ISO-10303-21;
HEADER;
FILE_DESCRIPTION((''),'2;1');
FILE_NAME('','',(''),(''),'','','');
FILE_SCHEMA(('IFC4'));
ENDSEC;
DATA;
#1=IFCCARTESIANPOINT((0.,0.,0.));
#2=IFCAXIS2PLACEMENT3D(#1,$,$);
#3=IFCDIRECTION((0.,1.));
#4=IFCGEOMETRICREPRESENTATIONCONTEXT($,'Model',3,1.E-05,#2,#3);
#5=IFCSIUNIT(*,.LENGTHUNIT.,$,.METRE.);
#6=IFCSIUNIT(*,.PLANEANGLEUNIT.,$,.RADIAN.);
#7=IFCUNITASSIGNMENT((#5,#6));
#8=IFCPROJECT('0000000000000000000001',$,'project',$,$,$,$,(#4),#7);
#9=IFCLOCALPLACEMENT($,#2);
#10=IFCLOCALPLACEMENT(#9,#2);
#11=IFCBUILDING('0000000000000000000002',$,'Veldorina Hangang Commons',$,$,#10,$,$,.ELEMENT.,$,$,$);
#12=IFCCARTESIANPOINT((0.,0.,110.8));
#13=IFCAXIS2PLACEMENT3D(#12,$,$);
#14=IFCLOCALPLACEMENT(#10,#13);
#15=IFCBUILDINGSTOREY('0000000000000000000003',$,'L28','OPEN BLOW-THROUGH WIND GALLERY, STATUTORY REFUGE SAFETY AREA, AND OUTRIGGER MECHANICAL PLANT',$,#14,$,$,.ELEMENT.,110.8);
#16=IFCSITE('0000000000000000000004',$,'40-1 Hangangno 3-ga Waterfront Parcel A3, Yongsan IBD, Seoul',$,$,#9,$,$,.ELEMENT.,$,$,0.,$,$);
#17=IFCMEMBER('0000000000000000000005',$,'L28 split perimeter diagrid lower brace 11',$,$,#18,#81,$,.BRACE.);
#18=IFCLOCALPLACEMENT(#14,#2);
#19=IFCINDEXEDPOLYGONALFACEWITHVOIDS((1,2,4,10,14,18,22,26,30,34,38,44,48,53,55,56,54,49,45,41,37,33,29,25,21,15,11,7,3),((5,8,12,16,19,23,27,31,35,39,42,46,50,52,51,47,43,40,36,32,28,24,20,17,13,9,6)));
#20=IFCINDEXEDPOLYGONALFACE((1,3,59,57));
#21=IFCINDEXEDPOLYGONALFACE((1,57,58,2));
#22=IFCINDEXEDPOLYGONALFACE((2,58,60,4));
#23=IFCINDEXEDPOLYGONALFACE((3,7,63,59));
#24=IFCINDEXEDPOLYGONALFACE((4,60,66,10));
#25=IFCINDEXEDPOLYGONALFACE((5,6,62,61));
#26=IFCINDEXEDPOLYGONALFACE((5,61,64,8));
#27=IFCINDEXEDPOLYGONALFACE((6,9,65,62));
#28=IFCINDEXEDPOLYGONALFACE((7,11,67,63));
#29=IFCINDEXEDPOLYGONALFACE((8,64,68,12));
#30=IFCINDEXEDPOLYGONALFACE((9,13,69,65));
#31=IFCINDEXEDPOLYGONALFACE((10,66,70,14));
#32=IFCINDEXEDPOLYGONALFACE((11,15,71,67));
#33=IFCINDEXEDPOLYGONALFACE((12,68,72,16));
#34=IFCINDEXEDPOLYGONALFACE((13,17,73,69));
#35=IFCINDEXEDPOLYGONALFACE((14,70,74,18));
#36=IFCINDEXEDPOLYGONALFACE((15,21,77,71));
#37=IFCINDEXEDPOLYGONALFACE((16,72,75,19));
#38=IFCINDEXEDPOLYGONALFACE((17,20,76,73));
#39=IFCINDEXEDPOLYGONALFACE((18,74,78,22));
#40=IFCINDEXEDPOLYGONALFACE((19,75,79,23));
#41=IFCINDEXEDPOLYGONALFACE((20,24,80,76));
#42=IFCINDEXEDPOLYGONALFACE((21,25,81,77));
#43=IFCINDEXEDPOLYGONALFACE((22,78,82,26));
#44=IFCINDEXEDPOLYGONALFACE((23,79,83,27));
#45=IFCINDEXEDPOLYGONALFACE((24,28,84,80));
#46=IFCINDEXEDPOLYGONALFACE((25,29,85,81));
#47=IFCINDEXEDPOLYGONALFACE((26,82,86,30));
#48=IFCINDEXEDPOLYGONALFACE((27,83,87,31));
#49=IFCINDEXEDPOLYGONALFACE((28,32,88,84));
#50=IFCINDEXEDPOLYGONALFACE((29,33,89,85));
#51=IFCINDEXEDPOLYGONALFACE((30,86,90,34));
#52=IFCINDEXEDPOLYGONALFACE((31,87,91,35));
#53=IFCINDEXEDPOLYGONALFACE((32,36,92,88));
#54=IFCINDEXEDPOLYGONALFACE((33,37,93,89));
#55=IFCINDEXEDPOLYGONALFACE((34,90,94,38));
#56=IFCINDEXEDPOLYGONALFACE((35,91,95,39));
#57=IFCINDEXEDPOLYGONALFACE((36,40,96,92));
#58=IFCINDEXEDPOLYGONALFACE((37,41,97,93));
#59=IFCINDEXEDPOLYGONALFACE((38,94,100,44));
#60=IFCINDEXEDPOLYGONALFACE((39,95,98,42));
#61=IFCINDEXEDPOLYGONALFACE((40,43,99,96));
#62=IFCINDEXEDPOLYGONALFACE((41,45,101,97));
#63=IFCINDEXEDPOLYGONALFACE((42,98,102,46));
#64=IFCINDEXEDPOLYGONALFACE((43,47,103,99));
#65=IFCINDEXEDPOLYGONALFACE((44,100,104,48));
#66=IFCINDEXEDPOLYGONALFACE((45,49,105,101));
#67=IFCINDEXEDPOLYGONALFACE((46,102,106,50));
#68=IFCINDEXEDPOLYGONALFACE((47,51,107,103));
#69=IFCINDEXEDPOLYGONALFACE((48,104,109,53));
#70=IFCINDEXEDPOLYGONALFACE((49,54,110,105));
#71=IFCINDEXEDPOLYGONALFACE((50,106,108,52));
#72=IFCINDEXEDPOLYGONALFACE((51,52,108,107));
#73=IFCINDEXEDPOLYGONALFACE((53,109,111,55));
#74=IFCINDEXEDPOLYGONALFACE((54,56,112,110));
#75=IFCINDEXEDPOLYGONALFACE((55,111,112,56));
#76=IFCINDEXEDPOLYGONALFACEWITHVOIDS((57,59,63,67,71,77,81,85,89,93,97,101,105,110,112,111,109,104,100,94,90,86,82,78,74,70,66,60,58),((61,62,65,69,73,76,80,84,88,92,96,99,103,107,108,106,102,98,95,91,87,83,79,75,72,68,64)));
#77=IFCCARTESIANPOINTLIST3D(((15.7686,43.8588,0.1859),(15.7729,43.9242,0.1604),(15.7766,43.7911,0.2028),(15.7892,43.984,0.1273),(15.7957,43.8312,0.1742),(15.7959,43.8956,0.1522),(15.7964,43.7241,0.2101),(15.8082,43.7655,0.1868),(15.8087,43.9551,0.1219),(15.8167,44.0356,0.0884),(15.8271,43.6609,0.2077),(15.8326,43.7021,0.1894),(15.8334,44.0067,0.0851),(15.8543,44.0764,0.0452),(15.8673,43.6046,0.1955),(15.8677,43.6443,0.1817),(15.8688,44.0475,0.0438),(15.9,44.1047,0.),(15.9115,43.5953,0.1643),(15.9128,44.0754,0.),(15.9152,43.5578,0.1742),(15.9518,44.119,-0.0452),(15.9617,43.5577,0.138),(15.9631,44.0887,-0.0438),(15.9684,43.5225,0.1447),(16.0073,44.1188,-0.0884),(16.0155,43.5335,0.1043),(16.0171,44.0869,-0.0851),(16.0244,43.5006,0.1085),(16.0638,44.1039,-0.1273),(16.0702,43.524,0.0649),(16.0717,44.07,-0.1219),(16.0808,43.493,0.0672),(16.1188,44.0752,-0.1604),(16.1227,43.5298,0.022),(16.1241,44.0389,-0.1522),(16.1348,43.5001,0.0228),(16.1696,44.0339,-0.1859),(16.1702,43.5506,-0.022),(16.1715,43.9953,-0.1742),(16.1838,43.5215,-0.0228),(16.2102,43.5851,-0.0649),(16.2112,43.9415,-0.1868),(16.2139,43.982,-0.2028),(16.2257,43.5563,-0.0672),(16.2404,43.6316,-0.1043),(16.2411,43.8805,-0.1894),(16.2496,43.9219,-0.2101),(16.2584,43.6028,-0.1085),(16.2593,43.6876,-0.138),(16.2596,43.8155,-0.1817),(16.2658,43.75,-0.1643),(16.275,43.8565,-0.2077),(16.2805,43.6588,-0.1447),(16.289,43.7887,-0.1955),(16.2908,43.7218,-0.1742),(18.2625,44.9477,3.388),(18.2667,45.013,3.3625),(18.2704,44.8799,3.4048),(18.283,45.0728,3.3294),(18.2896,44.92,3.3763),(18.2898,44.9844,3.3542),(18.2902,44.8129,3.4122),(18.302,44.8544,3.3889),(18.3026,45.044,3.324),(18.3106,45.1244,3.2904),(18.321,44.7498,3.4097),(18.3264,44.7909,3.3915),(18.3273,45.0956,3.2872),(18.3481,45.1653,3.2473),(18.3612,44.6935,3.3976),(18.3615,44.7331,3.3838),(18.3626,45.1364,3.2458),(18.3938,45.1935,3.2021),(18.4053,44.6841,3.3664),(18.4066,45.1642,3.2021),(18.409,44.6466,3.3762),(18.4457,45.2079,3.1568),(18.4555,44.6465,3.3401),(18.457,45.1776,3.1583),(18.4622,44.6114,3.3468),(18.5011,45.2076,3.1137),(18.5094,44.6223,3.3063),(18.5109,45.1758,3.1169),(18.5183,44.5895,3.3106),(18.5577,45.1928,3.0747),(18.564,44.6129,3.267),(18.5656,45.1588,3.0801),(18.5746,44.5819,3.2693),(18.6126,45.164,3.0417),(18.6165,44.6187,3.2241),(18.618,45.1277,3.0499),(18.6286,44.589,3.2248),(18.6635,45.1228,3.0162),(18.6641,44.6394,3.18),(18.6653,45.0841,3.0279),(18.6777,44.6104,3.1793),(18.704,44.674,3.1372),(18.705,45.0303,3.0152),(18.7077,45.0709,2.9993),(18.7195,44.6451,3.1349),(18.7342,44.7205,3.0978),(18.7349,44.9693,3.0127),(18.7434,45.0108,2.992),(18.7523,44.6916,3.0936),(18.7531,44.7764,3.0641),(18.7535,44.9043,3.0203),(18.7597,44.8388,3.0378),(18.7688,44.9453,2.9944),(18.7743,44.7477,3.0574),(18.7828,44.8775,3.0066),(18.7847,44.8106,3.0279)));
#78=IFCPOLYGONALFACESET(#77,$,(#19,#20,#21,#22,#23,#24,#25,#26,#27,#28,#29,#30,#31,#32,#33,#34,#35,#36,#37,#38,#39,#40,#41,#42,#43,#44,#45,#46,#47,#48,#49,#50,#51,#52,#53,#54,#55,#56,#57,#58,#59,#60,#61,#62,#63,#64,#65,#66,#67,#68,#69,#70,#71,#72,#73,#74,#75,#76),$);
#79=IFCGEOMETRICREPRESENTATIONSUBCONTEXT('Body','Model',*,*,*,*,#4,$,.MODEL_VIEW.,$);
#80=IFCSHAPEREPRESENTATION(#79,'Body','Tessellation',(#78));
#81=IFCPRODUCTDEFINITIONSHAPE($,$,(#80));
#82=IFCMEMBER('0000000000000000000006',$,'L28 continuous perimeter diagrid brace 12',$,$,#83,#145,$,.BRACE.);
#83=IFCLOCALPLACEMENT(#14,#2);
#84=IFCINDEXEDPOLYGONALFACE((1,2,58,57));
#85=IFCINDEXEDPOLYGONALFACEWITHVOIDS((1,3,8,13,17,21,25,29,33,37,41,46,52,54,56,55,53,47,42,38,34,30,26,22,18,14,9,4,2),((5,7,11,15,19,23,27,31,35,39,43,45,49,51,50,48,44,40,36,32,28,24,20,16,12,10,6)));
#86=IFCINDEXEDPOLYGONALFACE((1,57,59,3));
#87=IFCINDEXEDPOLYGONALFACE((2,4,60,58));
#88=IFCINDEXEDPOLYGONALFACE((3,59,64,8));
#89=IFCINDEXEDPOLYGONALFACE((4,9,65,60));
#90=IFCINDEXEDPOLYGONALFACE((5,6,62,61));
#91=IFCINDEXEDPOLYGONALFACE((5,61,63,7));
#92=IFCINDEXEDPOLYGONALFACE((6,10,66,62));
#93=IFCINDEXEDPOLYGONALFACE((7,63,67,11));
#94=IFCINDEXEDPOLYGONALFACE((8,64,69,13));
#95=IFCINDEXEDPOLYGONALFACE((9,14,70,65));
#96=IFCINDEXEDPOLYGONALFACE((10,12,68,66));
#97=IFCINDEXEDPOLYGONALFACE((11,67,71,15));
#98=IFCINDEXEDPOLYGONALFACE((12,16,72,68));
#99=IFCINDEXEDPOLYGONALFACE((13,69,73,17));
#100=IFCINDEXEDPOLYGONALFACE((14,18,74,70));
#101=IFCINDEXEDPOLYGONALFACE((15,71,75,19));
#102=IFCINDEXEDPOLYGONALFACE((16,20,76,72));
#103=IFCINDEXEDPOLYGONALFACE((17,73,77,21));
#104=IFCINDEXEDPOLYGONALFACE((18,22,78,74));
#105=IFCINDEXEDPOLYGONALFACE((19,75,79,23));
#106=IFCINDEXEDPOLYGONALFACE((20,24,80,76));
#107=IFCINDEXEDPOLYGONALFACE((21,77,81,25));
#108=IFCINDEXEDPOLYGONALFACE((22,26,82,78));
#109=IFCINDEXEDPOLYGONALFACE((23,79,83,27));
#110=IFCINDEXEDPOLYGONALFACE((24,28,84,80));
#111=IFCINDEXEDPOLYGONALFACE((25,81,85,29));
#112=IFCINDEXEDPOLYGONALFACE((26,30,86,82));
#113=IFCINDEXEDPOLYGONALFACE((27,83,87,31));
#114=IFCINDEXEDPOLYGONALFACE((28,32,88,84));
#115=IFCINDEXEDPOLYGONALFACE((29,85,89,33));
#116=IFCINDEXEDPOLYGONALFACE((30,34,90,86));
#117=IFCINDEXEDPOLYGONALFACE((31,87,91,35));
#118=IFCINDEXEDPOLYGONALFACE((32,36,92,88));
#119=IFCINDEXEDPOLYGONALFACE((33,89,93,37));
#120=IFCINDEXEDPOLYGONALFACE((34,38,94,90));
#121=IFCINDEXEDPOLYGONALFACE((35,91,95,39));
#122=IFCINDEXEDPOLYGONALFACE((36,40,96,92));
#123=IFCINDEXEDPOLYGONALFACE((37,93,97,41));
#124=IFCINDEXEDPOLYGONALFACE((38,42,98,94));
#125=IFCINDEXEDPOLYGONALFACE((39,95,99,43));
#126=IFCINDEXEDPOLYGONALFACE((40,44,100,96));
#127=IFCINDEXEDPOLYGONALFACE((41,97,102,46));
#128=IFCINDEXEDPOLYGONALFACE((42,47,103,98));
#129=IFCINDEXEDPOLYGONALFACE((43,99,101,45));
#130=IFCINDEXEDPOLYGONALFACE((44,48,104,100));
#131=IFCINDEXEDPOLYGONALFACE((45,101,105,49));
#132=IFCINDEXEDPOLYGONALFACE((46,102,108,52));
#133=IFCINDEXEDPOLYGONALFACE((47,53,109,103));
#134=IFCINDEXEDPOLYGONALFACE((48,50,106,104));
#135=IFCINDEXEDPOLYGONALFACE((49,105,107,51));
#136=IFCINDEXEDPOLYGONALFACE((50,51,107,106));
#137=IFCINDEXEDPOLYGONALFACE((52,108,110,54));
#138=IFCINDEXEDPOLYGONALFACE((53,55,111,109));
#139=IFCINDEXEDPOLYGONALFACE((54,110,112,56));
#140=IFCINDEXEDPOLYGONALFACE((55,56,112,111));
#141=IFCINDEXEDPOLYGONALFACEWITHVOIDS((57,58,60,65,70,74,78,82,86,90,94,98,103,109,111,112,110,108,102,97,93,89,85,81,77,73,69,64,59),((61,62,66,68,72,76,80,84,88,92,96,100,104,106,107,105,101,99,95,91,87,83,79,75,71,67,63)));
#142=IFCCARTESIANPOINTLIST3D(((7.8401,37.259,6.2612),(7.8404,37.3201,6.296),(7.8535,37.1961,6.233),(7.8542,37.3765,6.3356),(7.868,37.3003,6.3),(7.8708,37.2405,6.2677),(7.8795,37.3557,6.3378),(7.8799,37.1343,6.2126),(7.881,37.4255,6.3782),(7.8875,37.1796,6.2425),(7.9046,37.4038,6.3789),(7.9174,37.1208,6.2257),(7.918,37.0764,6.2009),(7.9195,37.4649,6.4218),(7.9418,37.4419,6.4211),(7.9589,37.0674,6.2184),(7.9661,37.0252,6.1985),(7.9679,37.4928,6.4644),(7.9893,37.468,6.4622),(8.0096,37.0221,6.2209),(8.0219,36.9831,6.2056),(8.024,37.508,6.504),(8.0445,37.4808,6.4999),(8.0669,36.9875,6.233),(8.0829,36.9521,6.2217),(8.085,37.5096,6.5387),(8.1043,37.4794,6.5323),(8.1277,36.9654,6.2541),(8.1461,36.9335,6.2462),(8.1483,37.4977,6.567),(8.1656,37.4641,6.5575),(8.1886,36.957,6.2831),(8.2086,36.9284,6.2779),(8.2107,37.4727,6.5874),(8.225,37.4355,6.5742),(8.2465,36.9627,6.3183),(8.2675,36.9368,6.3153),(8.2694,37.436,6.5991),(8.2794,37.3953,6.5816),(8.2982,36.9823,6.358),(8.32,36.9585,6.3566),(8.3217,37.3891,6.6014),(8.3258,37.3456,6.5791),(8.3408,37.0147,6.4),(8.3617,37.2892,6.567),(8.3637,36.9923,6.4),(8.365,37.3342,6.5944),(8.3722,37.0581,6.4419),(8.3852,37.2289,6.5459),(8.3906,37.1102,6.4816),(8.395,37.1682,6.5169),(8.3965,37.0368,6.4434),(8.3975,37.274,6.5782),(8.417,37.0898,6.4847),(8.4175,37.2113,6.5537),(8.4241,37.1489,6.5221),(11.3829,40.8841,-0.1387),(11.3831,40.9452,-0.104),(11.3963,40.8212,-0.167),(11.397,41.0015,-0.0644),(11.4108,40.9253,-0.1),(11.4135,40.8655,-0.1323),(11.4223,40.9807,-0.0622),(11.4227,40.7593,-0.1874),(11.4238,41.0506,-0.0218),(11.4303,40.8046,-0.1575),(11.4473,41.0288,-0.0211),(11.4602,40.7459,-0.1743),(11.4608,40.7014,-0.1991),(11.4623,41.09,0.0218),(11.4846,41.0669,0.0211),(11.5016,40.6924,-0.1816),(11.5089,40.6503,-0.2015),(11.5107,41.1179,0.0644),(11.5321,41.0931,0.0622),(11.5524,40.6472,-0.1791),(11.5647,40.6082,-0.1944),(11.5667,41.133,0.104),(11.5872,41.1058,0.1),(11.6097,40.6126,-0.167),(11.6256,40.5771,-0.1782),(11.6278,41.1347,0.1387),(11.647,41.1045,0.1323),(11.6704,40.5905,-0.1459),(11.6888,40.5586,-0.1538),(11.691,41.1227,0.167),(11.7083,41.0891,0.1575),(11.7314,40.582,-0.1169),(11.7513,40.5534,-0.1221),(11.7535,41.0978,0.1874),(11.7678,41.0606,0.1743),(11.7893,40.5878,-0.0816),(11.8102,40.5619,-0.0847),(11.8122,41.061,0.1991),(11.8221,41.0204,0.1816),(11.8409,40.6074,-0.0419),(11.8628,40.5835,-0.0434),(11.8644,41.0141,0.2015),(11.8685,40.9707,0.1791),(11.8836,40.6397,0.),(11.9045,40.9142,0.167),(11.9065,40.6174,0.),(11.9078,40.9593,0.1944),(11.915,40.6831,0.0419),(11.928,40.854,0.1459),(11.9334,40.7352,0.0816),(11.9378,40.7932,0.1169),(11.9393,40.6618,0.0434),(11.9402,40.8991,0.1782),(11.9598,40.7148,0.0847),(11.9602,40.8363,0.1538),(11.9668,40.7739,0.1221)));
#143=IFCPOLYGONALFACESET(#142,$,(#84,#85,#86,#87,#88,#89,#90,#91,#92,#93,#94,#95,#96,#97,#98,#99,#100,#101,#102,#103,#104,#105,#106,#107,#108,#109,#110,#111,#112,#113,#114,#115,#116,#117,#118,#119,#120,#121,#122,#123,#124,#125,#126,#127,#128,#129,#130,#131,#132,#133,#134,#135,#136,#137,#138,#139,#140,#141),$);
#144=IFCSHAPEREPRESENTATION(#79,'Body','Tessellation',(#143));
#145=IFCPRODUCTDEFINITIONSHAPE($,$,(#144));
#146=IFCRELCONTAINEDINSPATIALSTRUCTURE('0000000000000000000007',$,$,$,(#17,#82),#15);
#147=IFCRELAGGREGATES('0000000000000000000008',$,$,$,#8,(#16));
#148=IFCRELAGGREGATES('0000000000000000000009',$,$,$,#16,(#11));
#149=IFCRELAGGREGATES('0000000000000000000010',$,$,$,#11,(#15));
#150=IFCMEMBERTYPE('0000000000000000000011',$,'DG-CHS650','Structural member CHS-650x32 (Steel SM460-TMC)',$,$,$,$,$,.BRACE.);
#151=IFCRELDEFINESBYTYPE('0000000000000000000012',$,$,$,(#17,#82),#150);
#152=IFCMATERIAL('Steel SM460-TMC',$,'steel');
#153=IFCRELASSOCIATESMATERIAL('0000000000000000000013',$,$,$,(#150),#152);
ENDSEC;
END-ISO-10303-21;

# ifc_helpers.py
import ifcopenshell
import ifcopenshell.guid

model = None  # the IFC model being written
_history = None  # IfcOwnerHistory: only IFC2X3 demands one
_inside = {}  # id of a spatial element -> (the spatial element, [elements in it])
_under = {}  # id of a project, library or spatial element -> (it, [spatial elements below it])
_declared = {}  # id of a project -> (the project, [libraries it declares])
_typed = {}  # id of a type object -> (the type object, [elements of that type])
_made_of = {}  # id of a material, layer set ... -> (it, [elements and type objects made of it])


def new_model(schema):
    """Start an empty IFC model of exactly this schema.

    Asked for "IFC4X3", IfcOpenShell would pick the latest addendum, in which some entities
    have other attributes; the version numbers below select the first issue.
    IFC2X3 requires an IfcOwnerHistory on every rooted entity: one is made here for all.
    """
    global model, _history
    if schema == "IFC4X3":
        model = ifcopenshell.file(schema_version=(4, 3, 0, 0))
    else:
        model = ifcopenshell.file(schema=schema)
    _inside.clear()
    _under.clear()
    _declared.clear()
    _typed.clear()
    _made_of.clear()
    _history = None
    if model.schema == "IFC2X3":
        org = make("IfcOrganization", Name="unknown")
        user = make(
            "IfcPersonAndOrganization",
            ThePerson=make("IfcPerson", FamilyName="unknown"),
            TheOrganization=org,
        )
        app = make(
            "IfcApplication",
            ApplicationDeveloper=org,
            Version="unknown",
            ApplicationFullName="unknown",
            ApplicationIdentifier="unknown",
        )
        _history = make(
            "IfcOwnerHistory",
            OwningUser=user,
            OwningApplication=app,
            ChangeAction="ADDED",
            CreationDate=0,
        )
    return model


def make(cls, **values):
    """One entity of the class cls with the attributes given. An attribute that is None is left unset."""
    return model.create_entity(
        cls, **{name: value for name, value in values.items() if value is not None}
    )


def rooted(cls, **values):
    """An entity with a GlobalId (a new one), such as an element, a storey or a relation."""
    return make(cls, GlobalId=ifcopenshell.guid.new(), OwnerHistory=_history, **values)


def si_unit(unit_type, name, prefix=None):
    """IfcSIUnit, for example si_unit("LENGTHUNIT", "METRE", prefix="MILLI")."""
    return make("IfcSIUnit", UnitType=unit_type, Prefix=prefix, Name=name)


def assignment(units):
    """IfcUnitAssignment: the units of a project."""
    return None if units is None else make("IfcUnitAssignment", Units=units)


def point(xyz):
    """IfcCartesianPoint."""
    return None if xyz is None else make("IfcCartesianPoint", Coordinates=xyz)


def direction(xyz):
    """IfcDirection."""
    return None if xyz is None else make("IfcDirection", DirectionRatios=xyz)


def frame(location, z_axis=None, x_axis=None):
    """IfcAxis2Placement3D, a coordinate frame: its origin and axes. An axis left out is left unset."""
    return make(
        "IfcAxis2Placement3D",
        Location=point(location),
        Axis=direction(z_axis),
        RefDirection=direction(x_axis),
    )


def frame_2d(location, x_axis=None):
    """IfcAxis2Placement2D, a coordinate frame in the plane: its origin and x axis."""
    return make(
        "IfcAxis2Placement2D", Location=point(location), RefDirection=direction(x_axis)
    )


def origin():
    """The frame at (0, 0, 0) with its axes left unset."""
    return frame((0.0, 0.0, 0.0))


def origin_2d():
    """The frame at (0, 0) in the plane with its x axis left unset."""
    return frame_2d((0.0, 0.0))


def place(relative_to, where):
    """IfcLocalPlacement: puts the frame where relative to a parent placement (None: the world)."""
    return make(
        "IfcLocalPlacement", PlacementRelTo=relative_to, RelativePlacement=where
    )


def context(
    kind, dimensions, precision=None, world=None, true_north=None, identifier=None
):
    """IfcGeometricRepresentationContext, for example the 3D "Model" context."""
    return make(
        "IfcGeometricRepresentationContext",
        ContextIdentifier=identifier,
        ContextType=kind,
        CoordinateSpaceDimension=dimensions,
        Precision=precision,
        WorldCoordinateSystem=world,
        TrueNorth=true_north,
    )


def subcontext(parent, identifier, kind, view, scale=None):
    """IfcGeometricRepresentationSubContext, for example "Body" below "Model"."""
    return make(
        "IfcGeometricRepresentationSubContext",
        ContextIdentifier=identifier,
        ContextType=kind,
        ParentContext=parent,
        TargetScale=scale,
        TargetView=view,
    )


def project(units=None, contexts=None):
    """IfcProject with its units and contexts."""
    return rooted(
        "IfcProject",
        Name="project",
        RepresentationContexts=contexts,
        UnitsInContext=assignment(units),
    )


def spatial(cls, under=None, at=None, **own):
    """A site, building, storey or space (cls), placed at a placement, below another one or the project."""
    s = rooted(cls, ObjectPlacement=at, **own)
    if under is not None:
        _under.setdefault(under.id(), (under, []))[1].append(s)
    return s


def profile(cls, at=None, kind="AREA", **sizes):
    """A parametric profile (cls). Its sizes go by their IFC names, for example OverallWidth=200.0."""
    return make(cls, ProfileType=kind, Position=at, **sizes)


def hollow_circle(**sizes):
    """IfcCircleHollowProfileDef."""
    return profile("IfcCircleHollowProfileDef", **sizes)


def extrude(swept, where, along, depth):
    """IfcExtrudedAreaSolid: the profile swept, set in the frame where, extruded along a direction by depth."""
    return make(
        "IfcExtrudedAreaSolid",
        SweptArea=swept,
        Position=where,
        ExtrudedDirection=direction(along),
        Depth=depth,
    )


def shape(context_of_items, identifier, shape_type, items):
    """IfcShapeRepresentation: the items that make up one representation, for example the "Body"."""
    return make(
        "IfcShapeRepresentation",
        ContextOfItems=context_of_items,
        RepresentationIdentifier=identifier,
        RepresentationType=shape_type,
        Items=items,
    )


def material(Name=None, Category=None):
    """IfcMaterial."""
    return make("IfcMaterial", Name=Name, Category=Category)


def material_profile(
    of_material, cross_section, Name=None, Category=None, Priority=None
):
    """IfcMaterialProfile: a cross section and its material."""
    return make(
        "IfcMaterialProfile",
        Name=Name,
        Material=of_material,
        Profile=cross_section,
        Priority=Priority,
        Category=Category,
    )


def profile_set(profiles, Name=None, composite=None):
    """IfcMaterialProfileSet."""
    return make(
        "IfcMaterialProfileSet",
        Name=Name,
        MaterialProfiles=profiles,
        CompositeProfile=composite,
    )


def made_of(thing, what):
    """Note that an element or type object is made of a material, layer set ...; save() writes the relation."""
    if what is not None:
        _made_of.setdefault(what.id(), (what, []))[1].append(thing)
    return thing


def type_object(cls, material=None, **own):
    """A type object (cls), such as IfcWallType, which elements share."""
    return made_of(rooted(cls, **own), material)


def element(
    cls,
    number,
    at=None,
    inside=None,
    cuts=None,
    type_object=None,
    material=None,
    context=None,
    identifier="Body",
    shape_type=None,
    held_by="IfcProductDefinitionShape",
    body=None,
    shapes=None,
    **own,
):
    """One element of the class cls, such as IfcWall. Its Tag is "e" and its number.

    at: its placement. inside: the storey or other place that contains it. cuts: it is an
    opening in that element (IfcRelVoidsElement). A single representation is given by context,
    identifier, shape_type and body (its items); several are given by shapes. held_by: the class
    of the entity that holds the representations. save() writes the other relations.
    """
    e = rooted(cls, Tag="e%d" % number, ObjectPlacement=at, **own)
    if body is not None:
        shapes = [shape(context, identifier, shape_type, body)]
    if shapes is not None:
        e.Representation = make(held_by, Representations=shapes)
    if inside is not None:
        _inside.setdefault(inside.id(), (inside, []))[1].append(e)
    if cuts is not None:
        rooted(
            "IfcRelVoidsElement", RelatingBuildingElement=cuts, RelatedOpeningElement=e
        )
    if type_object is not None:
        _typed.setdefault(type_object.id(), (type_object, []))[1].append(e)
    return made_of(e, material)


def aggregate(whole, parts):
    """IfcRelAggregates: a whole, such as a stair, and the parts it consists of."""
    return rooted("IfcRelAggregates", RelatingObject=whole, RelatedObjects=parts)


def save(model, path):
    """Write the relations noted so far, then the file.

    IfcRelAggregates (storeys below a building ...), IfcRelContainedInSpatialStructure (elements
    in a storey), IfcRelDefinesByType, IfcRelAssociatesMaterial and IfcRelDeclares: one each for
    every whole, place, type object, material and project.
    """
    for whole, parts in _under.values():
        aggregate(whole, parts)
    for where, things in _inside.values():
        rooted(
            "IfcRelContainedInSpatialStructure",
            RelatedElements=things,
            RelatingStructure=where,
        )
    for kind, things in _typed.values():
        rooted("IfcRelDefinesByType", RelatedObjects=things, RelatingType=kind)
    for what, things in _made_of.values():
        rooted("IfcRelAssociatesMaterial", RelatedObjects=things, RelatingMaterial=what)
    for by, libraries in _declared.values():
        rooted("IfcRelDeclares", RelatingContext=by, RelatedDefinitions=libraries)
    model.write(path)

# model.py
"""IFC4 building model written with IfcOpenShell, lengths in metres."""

from ifc_helpers import new_model, si_unit, direction, frame, origin, origin_2d, place, context, subcontext, project, spatial, hollow_circle, extrude, material, material_profile, profile_set, type_object, element, save


model = new_model("IFC4")

# Units and contexts
model_context = context("Model", 3, precision=1e-05, world=origin(), true_north=direction((0.0, 1.0)))
body_context = subcontext(model_context, "Body", "Model", "MODEL_VIEW")
ifc_project = project(units=[si_unit("LENGTHUNIT", "METRE"), si_unit("PLANEANGLEUNIT", "RADIAN")], contexts=[model_context])

# Site, building, storey
site_placement = place(None, origin())
site = spatial("IfcSite", under=ifc_project, at=site_placement, Name="40-1 Hangangno 3-ga Waterfront Parcel A3, Yongsan IBD, Seoul", CompositionType="ELEMENT", RefElevation=0.0)
building_placement = place(site_placement, origin())
building = spatial("IfcBuilding", under=site, at=building_placement, Name="Veldorina Hangang Commons", CompositionType="ELEMENT")
storey_placement = place(building_placement, frame((0.0, 0.0, 110.8)))
storey = spatial("IfcBuildingStorey", under=building, at=storey_placement, Name="L28", Description="OPEN BLOW-THROUGH WIND GALLERY, STATUTORY REFUGE SAFETY AREA, AND OUTRIGGER MECHANICAL PLANT", CompositionType="ELEMENT", Elevation=110.8)

# Shared definitions
ifc_material_1 = material(Name="Steel SM460-TMC", Category="steel")

# Members
ifc_material_profile_1 = material_profile(ifc_material_1, hollow_circle(Radius=0.325, WallThickness=0.032, at=origin_2d()), Name="CHS-650x32")
ifc_profile_set_1 = profile_set([ifc_material_profile_1], Name="Steel SM460-TMC")
member_type_1 = type_object("IfcMemberType", Name="DG-CHS650", Description="Structural member CHS-650x32 (Steel SM460-TMC)", PredefinedType="BRACE", material=ifc_profile_set_1)
member_1_placement = place(storey_placement, frame((16.03, 43.8069, 0.0), z_axis=(0.593467, 0.259115, 0.762008), x_axis=(-0.400136, 0.916456, 0.0)))
element("IfcMember", 1, at=member_1_placement, inside=storey, type_object=member_type_1, Name="L28 split perimeter diagrid lower brace 11", PredefinedType="BRACE", context=body_context, shape_type="SweptSolid", body=[
    extrude(hollow_circle(Radius=0.325, WallThickness=0.032, at=origin_2d()), origin(), (0.0, 0.0, 1.0), 4.2021),
])
member_2_placement = place(storey_placement, frame((11.6741, 40.8445, 0.0), z_axis=(-0.433947, -0.444025, 0.783921), x_axis=(0.715176, -0.698944, 0.0)))
element("IfcMember", 2, at=member_2_placement, inside=storey, type_object=member_type_1, Name="L28 continuous perimeter diagrid brace 12", PredefinedType="BRACE", context=body_context, shape_type="SweptSolid", body=[
    extrude(hollow_circle(Radius=0.325, WallThickness=0.032, at=origin_2d()), origin(), (0.0, 0.0, 1.0), 8.1641),
])

save(model, "model.ifc")
